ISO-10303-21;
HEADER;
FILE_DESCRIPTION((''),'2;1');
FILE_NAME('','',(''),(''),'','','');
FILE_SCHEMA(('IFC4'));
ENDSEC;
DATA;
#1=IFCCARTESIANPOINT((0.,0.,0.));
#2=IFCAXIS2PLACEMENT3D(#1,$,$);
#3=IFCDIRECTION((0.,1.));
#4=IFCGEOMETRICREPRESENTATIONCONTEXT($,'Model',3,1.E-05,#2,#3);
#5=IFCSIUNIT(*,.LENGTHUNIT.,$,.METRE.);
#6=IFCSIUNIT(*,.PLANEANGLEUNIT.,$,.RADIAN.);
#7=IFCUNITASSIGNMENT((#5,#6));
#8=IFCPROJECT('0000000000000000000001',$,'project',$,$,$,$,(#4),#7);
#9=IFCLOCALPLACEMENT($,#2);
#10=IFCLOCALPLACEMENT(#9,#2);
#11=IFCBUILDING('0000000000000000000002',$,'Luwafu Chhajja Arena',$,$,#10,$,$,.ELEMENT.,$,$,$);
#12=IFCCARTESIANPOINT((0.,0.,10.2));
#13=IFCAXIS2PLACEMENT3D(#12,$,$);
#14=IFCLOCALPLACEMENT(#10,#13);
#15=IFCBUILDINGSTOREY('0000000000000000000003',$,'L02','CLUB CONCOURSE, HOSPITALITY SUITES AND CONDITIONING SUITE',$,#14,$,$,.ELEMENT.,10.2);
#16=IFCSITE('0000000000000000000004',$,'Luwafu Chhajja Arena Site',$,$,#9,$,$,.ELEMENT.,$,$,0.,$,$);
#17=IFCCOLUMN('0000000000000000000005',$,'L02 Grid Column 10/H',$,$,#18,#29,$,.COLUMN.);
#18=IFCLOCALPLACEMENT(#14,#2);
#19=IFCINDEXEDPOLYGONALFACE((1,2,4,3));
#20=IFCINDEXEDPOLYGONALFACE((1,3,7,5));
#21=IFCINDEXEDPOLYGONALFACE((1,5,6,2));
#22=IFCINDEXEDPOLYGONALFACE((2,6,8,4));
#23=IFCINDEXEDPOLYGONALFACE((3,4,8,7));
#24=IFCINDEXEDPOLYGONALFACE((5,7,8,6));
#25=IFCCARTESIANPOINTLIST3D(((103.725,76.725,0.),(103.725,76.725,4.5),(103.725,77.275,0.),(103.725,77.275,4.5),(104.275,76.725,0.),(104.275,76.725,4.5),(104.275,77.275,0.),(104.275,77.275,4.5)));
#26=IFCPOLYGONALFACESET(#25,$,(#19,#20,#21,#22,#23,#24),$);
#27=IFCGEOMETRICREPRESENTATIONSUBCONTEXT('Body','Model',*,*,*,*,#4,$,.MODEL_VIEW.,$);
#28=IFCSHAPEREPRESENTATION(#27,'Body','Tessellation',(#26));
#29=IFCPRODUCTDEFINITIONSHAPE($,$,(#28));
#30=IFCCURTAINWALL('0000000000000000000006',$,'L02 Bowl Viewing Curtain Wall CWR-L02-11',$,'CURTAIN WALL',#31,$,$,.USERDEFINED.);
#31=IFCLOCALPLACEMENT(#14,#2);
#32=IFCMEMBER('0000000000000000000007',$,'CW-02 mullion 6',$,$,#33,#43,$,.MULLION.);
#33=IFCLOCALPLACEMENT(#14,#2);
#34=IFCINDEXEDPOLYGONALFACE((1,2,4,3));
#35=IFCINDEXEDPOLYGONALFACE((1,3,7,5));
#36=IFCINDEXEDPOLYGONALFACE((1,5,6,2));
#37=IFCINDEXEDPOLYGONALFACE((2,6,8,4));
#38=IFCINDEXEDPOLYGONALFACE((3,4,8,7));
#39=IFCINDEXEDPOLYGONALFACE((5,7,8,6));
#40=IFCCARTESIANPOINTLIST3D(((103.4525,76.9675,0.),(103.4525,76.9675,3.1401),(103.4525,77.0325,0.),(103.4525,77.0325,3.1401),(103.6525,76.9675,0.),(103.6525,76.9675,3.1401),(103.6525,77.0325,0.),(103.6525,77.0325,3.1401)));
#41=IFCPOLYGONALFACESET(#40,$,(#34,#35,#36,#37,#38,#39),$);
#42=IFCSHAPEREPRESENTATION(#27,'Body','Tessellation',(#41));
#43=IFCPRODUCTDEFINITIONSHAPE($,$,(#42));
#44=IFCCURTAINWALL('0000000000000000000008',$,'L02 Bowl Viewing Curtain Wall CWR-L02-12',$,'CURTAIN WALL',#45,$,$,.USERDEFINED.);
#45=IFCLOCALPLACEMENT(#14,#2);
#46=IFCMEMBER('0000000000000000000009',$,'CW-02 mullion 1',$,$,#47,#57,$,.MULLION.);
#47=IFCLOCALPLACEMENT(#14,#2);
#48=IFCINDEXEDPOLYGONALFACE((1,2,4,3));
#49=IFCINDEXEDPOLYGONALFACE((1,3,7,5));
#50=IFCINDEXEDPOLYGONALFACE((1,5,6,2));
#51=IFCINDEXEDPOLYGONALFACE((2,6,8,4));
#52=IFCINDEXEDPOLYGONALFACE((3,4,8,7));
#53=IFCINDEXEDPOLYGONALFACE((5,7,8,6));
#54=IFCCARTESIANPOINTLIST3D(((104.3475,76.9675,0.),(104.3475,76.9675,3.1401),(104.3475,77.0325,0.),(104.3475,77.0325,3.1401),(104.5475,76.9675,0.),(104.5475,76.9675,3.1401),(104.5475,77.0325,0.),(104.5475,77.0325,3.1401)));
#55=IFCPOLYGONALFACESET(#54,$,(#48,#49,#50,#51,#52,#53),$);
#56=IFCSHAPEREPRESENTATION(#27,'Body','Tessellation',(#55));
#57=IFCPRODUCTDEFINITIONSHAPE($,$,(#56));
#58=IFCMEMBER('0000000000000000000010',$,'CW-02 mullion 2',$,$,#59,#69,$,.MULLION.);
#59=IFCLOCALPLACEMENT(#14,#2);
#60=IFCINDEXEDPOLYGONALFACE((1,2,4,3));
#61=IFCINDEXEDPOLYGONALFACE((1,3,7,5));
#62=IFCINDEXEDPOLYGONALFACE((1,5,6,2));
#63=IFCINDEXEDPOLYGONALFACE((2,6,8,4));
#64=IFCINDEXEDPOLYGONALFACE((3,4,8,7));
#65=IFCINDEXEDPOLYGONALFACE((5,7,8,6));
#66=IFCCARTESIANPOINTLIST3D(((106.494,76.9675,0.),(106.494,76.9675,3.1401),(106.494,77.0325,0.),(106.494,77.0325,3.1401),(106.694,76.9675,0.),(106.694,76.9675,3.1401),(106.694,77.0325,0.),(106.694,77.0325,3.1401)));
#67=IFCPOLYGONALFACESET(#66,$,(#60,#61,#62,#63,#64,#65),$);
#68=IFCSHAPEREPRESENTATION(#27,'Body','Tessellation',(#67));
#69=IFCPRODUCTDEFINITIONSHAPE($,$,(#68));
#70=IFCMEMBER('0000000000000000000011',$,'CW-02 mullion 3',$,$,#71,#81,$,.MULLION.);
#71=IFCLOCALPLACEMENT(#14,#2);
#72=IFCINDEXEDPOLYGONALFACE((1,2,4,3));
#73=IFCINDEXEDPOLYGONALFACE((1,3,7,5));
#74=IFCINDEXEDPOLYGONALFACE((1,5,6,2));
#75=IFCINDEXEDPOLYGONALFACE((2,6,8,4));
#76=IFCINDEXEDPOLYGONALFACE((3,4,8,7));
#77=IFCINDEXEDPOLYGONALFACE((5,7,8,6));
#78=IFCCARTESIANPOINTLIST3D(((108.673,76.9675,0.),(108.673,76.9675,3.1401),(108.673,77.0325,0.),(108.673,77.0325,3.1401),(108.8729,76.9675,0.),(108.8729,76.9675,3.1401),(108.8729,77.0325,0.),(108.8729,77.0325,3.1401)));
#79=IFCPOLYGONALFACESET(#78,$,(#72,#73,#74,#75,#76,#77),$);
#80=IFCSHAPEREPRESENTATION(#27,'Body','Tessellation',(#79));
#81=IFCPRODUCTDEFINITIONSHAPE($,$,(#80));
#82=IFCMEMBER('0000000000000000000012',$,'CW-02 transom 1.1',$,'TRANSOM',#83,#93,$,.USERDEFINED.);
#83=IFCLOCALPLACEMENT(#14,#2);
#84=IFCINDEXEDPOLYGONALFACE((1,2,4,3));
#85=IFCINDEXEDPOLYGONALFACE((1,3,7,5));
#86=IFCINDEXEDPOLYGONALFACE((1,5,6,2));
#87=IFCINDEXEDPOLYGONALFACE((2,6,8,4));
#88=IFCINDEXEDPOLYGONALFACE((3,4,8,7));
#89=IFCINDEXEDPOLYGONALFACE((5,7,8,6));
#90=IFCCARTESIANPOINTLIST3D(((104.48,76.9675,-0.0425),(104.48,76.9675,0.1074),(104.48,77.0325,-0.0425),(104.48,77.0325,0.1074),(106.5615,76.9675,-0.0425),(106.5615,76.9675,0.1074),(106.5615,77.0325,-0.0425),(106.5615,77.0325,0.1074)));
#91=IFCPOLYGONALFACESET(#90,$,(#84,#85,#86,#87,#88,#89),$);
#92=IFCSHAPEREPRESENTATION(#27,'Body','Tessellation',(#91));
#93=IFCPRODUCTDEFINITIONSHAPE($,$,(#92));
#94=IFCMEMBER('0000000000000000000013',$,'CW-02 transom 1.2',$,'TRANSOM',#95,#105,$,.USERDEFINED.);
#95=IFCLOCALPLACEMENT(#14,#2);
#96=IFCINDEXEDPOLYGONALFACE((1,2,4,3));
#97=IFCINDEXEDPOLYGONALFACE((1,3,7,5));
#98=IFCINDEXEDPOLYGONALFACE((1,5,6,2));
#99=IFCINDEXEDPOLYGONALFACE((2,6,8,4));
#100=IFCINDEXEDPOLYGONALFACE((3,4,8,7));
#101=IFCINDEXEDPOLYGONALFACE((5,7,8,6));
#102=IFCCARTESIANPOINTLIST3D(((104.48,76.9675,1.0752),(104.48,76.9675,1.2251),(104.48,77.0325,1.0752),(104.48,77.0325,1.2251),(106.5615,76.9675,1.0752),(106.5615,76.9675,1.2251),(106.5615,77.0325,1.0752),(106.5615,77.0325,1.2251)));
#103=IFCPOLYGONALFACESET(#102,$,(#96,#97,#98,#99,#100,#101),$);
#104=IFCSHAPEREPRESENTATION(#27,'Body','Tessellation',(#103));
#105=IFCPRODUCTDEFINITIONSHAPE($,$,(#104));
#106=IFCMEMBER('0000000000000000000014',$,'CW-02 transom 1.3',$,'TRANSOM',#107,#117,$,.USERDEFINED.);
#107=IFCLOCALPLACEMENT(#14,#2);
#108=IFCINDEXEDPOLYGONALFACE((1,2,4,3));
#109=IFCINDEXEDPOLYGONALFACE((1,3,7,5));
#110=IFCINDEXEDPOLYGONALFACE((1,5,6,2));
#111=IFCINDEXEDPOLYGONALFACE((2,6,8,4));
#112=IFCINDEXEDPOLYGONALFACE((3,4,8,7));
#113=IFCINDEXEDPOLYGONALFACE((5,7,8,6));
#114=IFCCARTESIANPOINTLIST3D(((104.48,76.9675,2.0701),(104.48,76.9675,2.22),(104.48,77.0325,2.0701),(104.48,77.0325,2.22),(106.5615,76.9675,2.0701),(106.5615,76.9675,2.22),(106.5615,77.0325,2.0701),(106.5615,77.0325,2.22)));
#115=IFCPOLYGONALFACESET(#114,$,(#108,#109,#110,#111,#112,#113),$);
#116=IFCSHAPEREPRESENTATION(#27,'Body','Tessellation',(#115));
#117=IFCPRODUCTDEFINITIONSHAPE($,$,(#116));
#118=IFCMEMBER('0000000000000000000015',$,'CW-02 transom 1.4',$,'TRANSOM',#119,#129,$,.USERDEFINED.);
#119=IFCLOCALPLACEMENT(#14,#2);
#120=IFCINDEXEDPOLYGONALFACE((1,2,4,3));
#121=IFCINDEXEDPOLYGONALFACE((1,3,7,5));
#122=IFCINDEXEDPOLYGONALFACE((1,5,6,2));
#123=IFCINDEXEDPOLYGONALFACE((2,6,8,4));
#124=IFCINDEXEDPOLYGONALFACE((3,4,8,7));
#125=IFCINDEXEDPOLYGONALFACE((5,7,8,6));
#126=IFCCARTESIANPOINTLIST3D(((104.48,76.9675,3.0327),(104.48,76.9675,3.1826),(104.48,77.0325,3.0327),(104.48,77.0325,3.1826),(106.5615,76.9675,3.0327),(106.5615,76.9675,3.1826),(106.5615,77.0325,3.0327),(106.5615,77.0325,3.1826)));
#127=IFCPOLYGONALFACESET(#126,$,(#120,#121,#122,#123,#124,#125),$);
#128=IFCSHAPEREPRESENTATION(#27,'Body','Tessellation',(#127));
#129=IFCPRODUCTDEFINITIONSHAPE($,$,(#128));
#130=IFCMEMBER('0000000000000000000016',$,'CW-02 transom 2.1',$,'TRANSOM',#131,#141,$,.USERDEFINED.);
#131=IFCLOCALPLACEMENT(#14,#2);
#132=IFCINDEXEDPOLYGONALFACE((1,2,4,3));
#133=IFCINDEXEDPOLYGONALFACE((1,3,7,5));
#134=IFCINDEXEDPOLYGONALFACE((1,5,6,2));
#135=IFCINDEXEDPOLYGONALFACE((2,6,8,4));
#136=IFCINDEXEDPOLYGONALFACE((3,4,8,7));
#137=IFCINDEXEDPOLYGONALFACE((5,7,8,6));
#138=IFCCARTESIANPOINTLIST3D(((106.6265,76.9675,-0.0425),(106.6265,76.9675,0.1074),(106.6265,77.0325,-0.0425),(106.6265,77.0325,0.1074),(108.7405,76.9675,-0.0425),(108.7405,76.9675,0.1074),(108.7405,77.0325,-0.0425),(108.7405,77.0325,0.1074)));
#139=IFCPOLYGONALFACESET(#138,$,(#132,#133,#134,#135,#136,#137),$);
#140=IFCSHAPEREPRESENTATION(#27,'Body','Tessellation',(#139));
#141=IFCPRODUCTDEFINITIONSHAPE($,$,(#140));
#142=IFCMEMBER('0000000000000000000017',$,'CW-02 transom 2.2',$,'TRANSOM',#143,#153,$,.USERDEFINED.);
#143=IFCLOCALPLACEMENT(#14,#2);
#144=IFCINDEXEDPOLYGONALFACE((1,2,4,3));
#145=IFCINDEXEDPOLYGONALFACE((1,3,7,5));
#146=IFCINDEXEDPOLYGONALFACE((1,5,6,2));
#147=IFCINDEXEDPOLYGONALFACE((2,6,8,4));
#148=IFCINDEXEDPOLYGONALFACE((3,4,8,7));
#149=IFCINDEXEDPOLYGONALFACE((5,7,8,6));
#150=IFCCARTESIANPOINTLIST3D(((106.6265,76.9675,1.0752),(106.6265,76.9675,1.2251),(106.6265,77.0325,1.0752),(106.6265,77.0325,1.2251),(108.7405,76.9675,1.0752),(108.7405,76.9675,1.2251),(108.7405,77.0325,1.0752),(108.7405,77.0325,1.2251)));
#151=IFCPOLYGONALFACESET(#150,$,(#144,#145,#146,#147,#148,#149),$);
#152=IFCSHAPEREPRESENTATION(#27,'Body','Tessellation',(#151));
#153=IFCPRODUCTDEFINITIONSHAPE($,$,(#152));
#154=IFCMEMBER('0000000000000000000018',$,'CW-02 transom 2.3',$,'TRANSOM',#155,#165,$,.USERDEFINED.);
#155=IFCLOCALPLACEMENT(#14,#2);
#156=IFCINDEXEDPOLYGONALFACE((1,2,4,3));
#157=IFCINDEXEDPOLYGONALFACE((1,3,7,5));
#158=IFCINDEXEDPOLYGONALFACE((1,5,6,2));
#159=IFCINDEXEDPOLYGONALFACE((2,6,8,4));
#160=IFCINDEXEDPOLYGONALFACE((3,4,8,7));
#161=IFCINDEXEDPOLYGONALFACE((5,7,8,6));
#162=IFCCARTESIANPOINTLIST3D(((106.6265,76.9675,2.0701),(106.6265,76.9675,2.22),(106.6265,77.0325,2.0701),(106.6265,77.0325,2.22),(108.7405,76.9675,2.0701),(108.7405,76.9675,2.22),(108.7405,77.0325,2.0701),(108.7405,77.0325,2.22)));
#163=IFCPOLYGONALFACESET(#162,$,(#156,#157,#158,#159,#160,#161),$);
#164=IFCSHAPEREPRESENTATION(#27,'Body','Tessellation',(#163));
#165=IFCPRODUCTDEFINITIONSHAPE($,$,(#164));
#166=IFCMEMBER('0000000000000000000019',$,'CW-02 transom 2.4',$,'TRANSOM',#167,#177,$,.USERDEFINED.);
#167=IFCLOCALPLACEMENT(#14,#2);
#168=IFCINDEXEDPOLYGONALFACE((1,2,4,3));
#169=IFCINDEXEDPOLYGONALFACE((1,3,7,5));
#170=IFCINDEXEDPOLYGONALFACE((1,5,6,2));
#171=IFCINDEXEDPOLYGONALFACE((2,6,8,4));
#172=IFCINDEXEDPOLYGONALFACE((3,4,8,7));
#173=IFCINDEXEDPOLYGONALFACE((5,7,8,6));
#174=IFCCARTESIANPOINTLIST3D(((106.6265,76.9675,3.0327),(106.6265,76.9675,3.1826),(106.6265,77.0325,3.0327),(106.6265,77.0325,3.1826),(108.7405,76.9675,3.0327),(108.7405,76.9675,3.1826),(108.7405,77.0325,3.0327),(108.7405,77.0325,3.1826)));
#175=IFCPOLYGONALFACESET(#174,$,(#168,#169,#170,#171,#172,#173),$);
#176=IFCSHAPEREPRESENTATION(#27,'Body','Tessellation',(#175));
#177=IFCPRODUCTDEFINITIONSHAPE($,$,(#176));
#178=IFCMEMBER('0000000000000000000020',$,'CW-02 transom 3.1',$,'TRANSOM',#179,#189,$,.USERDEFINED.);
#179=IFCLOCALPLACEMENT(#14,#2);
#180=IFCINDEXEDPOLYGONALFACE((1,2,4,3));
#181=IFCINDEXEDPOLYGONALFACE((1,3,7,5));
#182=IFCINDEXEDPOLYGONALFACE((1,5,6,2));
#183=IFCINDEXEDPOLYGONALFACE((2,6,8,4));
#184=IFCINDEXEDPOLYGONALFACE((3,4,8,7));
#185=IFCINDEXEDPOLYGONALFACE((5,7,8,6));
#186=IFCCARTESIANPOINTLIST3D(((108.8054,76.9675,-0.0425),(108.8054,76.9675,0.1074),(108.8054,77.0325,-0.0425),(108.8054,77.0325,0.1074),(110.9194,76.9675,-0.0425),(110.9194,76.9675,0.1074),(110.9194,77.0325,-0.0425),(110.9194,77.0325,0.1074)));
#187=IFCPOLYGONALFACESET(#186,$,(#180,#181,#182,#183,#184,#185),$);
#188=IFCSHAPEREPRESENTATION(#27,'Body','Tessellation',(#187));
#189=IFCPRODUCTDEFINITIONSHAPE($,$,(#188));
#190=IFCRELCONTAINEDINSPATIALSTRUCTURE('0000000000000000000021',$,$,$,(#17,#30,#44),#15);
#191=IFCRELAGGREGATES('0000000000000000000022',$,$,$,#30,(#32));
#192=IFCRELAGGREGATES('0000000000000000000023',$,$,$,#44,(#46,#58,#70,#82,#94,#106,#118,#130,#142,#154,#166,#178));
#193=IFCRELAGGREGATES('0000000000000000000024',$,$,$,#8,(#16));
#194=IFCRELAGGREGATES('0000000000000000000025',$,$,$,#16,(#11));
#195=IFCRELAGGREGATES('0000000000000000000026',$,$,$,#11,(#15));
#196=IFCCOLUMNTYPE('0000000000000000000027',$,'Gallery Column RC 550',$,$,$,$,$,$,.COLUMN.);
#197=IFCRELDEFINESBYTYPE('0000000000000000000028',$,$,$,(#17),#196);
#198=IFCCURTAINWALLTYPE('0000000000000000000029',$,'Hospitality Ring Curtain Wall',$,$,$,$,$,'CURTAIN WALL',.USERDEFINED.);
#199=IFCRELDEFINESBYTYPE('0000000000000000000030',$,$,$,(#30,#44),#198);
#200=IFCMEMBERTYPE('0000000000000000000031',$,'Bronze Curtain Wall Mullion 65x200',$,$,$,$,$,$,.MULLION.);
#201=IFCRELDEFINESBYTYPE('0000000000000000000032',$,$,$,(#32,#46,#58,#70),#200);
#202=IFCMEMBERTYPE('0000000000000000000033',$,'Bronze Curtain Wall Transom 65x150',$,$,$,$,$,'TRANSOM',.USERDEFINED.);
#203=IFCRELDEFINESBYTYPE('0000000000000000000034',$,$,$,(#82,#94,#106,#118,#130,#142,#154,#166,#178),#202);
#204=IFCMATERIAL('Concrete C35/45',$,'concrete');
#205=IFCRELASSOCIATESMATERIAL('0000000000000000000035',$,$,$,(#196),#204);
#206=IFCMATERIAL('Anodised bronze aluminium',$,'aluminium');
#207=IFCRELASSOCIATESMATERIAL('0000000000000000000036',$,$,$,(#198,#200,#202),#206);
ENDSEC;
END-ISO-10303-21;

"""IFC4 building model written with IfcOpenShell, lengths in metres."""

from ifc_helpers import new_model, si_unit, direction, frame, origin, origin_2d, place, context, subcontext, project, spatial, rectangle, extrude, material, material_profile, profile_set, type_object, element, aggregate, save


model = new_model("IFC4")

# Units and contexts
model_context = context("Model", 3, precision=1e-05, world=origin(), true_north=direction((0.0, 1.0)))
body_context = subcontext(model_context, "Body", "Model", "MODEL_VIEW")
ifc_project = project(units=[si_unit("LENGTHUNIT", "METRE"), si_unit("PLANEANGLEUNIT", "RADIAN")], contexts=[model_context])

# Site, building, storey
site_placement = place(None, origin())
site = spatial("IfcSite", under=ifc_project, at=site_placement, Name="Luwafu Chhajja Arena Site", CompositionType="ELEMENT", RefElevation=0.0)
building_placement = place(site_placement, origin())
building = spatial("IfcBuilding", under=site, at=building_placement, Name="Luwafu Chhajja Arena", CompositionType="ELEMENT")
storey_placement = place(building_placement, frame((0.0, 0.0, 10.2)))
storey = spatial("IfcBuildingStorey", under=building, at=storey_placement, Name="L02", Description="CLUB CONCOURSE, HOSPITALITY SUITES AND CONDITIONING SUITE", CompositionType="ELEMENT", Elevation=10.2)

# Column
ifc_material_1 = material(Name="Concrete C35/45", Category="concrete")
ifc_material_profile_1 = material_profile(ifc_material_1, rectangle(XDim=0.55, YDim=0.55, at=origin_2d()), Name="RC 550x550")
ifc_profile_set_1 = profile_set([ifc_material_profile_1], Name="Concrete C35/45")
column_type = type_object("IfcColumnType", Name="Gallery Column RC 550", PredefinedType="COLUMN", material=ifc_profile_set_1)
column_placement = place(storey_placement, frame((104.0, 77.0, 0.0), z_axis=(0.0, 0.0, 1.0), x_axis=(1.0, 0.0, 0.0)))
element("IfcColumn", 1, at=column_placement, inside=storey, type_object=column_type, Name="L02 Grid Column 10/H", PredefinedType="COLUMN", context=body_context, shape_type="SweptSolid", body=[
    extrude(rectangle(XDim=0.55, YDim=0.55, at=origin_2d()), origin(), (0.0, 0.0, 1.0), 4.5),
])

# Curtain wall, member
ifc_material_2 = material(Name="Anodised bronze aluminium", Category="aluminium")
curtain_wall_type = type_object("IfcCurtainWallType", Name="Hospitality Ring Curtain Wall", ElementType="CURTAIN WALL", PredefinedType="USERDEFINED", material=ifc_material_2)
curtain_wall_1_placement = place(storey_placement, origin())
curtain_wall_1 = element("IfcCurtainWall", 2, at=curtain_wall_1_placement, inside=storey, type_object=curtain_wall_type, Name="L02 Bowl Viewing Curtain Wall CWR-L02-11", ObjectType="CURTAIN WALL", PredefinedType="USERDEFINED")
ifc_material_profile_2 = material_profile(ifc_material_2, rectangle(XDim=0.0649, YDim=0.2, at=origin_2d()), Name="CWM 65x200")
ifc_profile_set_2 = profile_set([ifc_material_profile_2], Name="Anodised bronze aluminium")
member_type_1 = type_object("IfcMemberType", Name="Bronze Curtain Wall Mullion 65x200", PredefinedType="MULLION", material=ifc_profile_set_2)
member_1_placement = place(storey_placement, frame((103.5525, 77.0, 0.0), z_axis=(0.0, 0.0, 1.0), x_axis=(0.0, 1.0, 0.0)))
member_1 = element("IfcMember", 3, at=member_1_placement, type_object=member_type_1, Name="CW-02 mullion 6", PredefinedType="MULLION", context=body_context, shape_type="SweptSolid", body=[
    extrude(rectangle(XDim=0.0649, YDim=0.2, at=origin_2d()), origin(), (0.0, 0.0, 1.0), 3.1401),
])

# Curtain wall, members
curtain_wall_2_placement = place(storey_placement, origin())
curtain_wall_2 = element("IfcCurtainWall", 4, at=curtain_wall_2_placement, inside=storey, type_object=curtain_wall_type, Name="L02 Bowl Viewing Curtain Wall CWR-L02-12", ObjectType="CURTAIN WALL", PredefinedType="USERDEFINED")
member_2_placement = place(storey_placement, frame((104.4475, 77.0, 0.0), z_axis=(0.0, 0.0, 1.0), x_axis=(0.0, 1.0, 0.0)))
member_2 = element("IfcMember", 5, at=member_2_placement, type_object=member_type_1, Name="CW-02 mullion 1", PredefinedType="MULLION", context=body_context, shape_type="SweptSolid", body=[
    extrude(rectangle(XDim=0.0649, YDim=0.2, at=origin_2d()), origin(), (0.0, 0.0, 1.0), 3.1401),
])
member_3_placement = place(storey_placement, frame((106.594, 77.0, 0.0), z_axis=(0.0, 0.0, 1.0), x_axis=(0.0, 1.0, 0.0)))
member_3 = element("IfcMember", 6, at=member_3_placement, type_object=member_type_1, Name="CW-02 mullion 2", PredefinedType="MULLION", context=body_context, shape_type="SweptSolid", body=[
    extrude(rectangle(XDim=0.0649, YDim=0.2, at=origin_2d()), origin(), (0.0, 0.0, 1.0), 3.1401),
])
member_4_placement = place(storey_placement, frame((108.7729, 77.0, 0.0), z_axis=(0.0, 0.0, 1.0), x_axis=(0.0, 1.0, 0.0)))
member_4 = element("IfcMember", 7, at=member_4_placement, type_object=member_type_1, Name="CW-02 mullion 3", PredefinedType="MULLION", context=body_context, shape_type="SweptSolid", body=[
    extrude(rectangle(XDim=0.0649, YDim=0.2, at=origin_2d()), origin(), (0.0, 0.0, 1.0), 3.1401),
])
ifc_material_profile_3 = material_profile(ifc_material_2, rectangle(XDim=0.0649, YDim=0.1499, at=origin_2d()), Name="CWT 65x150")
ifc_profile_set_3 = profile_set([ifc_material_profile_3], Name="Anodised bronze aluminium")
member_type_2 = type_object("IfcMemberType", Name="Bronze Curtain Wall Transom 65x150", ElementType="TRANSOM", PredefinedType="USERDEFINED", material=ifc_profile_set_3)
member_5_placement = place(storey_placement, frame((104.48, 77.0, 0.0325), z_axis=(1.0, 0.0, 0.0), x_axis=(0.0, 1.0, 0.0)))
member_5 = element("IfcMember", 8, at=member_5_placement, type_object=member_type_2, Name="CW-02 transom 1.1", ObjectType="TRANSOM", PredefinedType="USERDEFINED", context=body_context, shape_type="SweptSolid", body=[
    extrude(rectangle(XDim=0.0649, YDim=0.1499, at=origin_2d()), origin(), (0.0, 0.0, 1.0), 2.0815),
])
member_6_placement = place(storey_placement, frame((104.48, 77.0, 1.1501), z_axis=(1.0, 0.0, 0.0), x_axis=(0.0, 1.0, 0.0)))
member_6 = element("IfcMember", 9, at=member_6_placement, type_object=member_type_2, Name="CW-02 transom 1.2", ObjectType="TRANSOM", PredefinedType="USERDEFINED", context=body_context, shape_type="SweptSolid", body=[
    extrude(rectangle(XDim=0.0649, YDim=0.1499, at=origin_2d()), origin(), (0.0, 0.0, 1.0), 2.0815),
])
member_7_placement = place(storey_placement, frame((104.48, 77.0, 2.145), z_axis=(1.0, 0.0, 0.0), x_axis=(0.0, 1.0, 0.0)))
member_7 = element("IfcMember", 10, at=member_7_placement, type_object=member_type_2, Name="CW-02 transom 1.3", ObjectType="TRANSOM", PredefinedType="USERDEFINED", context=body_context, shape_type="SweptSolid", body=[
    extrude(rectangle(XDim=0.0649, YDim=0.1499, at=origin_2d()), origin(), (0.0, 0.0, 1.0), 2.0815),
])
member_8_placement = place(storey_placement, frame((104.48, 77.0, 3.1077), z_axis=(1.0, 0.0, 0.0), x_axis=(0.0, 1.0, 0.0)))
member_8 = element("IfcMember", 11, at=member_8_placement, type_object=member_type_2, Name="CW-02 transom 1.4", ObjectType="TRANSOM", PredefinedType="USERDEFINED", context=body_context, shape_type="SweptSolid", body=[
    extrude(rectangle(XDim=0.0649, YDim=0.1499, at=origin_2d()), origin(), (0.0, 0.0, 1.0), 2.0815),
])
member_9_placement = place(storey_placement, frame((106.6265, 77.0, 0.0325), z_axis=(1.0, 0.0, 0.0), x_axis=(0.0, 1.0, 0.0)))
member_9 = element("IfcMember", 12, at=member_9_placement, type_object=member_type_2, Name="CW-02 transom 2.1", ObjectType="TRANSOM", PredefinedType="USERDEFINED", context=body_context, shape_type="SweptSolid", body=[
    extrude(rectangle(XDim=0.0649, YDim=0.1499, at=origin_2d()), origin(), (0.0, 0.0, 1.0), 2.114),
])
member_10_placement = place(storey_placement, frame((106.6265, 77.0, 1.1501), z_axis=(1.0, 0.0, 0.0), x_axis=(0.0, 1.0, 0.0)))
member_10 = element("IfcMember", 13, at=member_10_placement, type_object=member_type_2, Name="CW-02 transom 2.2", ObjectType="TRANSOM", PredefinedType="USERDEFINED", context=body_context, shape_type="SweptSolid", body=[
    extrude(rectangle(XDim=0.0649, YDim=0.1499, at=origin_2d()), origin(), (0.0, 0.0, 1.0), 2.114),
])
member_11_placement = place(storey_placement, frame((106.6265, 77.0, 2.145), z_axis=(1.0, 0.0, 0.0), x_axis=(0.0, 1.0, 0.0)))
member_11 = element("IfcMember", 14, at=member_11_placement, type_object=member_type_2, Name="CW-02 transom 2.3", ObjectType="TRANSOM", PredefinedType="USERDEFINED", context=body_context, shape_type="SweptSolid", body=[
    extrude(rectangle(XDim=0.0649, YDim=0.1499, at=origin_2d()), origin(), (0.0, 0.0, 1.0), 2.114),
])
member_12_placement = place(storey_placement, frame((106.6265, 77.0, 3.1077), z_axis=(1.0, 0.0, 0.0), x_axis=(0.0, 1.0, 0.0)))
member_12 = element("IfcMember", 15, at=member_12_placement, type_object=member_type_2, Name="CW-02 transom 2.4", ObjectType="TRANSOM", PredefinedType="USERDEFINED", context=body_context, shape_type="SweptSolid", body=[
    extrude(rectangle(XDim=0.0649, YDim=0.1499, at=origin_2d()), origin(), (0.0, 0.0, 1.0), 2.114),
])
member_13_placement = place(storey_placement, frame((108.8054, 77.0, 0.0325), z_axis=(1.0, 0.0, 0.0), x_axis=(0.0, 1.0, 0.0)))
member_13 = element("IfcMember", 16, at=member_13_placement, type_object=member_type_2, Name="CW-02 transom 3.1", ObjectType="TRANSOM", PredefinedType="USERDEFINED", context=body_context, shape_type="SweptSolid", body=[
    extrude(rectangle(XDim=0.0649, YDim=0.1499, at=origin_2d()), origin(), (0.0, 0.0, 1.0), 2.114),
])

aggregate(curtain_wall_1, [member_1])
aggregate(curtain_wall_2, [member_2, member_3, member_4, member_5, member_6, member_7, member_8, member_9, member_10, member_11, member_12, member_13])

save(model, "model.ifc")
